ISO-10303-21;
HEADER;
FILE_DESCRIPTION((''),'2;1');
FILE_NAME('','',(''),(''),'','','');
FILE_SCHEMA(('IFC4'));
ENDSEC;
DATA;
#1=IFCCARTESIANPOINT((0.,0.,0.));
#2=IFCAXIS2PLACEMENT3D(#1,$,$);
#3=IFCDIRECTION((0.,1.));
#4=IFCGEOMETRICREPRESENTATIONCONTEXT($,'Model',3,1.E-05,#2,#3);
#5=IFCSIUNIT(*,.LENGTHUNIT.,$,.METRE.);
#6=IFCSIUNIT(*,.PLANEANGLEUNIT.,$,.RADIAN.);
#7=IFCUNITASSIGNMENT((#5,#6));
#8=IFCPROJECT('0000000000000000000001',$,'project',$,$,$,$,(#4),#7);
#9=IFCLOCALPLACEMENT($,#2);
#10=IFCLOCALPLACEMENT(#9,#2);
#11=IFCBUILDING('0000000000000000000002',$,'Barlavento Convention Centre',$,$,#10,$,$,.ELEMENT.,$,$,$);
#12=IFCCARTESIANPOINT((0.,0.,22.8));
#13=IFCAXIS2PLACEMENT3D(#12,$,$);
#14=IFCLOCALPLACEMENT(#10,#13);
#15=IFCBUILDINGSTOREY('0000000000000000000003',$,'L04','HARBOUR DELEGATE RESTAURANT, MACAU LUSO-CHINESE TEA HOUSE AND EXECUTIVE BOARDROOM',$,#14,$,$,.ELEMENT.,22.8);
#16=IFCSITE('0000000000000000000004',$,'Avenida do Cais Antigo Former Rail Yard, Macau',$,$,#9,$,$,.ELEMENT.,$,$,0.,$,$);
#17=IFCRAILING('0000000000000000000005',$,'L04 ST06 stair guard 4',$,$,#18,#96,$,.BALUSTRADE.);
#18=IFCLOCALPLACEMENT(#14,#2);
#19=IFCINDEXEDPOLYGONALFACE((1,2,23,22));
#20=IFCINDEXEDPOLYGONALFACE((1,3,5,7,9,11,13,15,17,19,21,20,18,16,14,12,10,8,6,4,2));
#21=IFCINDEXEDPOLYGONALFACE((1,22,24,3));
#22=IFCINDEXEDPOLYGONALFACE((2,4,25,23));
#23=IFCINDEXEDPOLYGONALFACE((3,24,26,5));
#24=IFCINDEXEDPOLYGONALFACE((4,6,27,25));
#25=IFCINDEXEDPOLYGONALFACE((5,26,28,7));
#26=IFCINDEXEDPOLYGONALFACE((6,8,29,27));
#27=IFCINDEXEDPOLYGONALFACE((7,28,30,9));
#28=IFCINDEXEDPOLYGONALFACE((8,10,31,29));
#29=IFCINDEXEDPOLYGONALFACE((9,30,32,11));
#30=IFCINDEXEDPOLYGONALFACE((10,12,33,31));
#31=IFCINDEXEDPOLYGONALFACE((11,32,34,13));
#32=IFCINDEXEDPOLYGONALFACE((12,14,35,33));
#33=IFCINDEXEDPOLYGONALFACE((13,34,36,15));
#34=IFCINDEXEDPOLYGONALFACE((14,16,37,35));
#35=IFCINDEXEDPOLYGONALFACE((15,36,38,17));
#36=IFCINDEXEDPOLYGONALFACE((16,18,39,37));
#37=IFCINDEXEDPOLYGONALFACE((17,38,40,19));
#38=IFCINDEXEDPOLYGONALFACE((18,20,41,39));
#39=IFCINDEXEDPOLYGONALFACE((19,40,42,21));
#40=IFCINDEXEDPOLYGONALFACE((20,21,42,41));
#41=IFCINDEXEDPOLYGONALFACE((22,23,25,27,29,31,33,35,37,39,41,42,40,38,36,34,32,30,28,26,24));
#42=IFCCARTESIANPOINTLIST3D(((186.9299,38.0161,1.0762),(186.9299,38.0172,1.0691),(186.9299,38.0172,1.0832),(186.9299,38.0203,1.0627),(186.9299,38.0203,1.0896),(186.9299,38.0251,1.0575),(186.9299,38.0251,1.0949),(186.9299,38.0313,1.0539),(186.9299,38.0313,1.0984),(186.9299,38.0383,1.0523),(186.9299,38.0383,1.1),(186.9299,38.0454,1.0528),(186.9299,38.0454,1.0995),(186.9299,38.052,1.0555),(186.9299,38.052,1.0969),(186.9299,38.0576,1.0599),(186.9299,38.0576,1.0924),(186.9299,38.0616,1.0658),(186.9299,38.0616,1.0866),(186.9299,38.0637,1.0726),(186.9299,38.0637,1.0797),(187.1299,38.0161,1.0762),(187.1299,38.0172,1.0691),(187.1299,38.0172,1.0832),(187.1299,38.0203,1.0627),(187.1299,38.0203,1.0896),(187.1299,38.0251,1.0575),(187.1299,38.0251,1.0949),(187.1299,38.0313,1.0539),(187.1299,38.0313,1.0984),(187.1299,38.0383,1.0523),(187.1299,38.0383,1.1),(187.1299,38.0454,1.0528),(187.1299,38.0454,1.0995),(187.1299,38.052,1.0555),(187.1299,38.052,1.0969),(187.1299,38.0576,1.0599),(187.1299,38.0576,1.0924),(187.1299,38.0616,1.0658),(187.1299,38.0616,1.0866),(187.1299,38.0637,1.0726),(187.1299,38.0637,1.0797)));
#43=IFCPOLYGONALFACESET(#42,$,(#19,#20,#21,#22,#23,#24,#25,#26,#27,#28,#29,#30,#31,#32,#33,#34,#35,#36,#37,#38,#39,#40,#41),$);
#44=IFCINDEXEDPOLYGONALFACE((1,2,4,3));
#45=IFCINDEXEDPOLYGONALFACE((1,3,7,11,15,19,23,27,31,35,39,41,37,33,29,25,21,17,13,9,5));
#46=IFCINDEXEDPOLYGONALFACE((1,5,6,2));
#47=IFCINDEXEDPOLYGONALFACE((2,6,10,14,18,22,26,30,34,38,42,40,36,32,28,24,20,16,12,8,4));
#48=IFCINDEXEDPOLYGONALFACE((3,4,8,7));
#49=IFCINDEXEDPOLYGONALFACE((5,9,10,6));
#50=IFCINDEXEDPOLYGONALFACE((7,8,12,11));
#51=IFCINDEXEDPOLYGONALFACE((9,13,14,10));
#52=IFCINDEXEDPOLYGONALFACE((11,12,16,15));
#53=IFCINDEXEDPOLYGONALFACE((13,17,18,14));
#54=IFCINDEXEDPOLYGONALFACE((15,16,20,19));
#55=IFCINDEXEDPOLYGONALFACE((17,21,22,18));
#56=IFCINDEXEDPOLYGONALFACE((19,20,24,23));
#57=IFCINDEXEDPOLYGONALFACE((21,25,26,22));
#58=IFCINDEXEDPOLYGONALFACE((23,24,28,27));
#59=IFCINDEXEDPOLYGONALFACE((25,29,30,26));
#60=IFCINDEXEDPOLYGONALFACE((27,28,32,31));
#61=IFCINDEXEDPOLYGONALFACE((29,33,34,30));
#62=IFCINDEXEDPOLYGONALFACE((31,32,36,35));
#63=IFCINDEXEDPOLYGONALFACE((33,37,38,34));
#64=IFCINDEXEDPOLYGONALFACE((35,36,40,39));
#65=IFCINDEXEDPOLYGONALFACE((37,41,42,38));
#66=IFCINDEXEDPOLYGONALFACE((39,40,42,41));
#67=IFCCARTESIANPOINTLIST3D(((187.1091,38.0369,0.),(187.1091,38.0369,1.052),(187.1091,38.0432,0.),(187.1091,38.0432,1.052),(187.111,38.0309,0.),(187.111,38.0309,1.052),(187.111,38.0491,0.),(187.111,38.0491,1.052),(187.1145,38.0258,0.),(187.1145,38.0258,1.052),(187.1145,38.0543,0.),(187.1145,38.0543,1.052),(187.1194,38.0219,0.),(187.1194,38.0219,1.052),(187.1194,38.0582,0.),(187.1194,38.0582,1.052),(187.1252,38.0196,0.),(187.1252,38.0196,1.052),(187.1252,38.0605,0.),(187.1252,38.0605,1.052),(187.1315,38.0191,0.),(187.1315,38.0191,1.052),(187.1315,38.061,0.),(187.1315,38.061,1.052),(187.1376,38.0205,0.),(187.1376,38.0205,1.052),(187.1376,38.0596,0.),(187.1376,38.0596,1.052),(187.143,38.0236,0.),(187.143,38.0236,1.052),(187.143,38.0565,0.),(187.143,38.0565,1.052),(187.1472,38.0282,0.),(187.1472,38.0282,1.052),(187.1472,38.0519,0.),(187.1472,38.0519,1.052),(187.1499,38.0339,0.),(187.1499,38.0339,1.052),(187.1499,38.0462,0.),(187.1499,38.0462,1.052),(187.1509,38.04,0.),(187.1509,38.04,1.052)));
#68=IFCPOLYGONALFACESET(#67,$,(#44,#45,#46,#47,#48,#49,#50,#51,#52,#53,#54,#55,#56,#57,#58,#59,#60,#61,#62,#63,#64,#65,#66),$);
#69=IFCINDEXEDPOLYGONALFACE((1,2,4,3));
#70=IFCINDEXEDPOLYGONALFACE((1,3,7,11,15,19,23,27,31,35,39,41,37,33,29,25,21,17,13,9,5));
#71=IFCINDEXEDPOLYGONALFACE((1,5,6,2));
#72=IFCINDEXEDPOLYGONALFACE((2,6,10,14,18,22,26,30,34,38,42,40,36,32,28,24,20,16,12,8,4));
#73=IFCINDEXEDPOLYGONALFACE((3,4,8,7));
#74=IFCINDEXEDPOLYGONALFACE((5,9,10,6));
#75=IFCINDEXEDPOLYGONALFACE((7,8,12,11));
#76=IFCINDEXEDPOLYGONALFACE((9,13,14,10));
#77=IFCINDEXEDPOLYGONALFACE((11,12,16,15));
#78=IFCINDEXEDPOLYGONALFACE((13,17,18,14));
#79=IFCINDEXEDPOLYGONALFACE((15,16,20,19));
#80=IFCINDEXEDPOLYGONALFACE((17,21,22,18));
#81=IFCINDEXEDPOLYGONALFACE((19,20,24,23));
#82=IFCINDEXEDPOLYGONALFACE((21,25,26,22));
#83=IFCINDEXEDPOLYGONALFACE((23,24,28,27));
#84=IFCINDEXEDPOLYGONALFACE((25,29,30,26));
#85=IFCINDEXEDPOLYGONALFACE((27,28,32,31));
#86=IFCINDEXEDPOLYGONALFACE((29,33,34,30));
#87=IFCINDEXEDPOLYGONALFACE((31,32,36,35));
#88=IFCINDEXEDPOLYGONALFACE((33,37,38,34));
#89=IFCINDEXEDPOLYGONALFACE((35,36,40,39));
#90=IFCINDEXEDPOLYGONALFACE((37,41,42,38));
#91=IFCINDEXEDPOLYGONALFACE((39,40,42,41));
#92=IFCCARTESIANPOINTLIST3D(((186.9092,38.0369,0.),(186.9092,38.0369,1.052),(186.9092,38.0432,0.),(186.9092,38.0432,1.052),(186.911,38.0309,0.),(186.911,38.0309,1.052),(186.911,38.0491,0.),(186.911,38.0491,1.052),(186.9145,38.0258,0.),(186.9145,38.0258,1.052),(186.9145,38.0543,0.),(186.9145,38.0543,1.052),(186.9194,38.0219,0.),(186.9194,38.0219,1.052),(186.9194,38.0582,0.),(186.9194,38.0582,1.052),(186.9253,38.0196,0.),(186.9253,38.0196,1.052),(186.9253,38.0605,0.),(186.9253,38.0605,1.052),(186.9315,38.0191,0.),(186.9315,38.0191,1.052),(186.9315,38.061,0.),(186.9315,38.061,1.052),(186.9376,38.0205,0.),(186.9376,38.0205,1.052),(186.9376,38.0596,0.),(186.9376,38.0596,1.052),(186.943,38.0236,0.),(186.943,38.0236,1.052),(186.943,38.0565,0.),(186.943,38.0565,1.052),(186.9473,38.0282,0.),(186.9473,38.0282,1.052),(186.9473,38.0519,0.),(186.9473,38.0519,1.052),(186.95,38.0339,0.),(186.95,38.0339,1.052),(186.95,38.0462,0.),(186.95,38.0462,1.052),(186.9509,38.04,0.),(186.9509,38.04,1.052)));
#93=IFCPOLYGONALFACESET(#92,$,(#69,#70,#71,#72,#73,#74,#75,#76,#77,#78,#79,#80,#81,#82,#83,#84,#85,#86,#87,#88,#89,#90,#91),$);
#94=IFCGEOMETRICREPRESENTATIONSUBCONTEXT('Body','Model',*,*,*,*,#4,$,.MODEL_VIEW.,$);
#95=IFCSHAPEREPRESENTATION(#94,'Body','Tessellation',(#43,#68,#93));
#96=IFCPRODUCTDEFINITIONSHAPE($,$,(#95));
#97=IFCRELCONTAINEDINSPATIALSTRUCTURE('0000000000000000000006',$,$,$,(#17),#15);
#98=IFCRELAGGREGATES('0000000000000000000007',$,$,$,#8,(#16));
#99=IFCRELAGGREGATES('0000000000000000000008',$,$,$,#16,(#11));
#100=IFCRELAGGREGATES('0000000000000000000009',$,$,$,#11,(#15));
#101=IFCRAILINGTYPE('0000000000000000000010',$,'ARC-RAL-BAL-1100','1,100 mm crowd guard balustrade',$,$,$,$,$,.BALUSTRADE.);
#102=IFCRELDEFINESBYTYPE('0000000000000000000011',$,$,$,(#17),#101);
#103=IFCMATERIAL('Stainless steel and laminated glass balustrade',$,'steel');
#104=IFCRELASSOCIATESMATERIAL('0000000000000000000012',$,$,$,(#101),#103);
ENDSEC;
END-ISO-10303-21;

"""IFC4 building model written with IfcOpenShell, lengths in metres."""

from ifc_helpers import new_model, si_unit, direction, frame, origin, origin_2d, place, context, subcontext, project, spatial, circle, extrude, material, type_object, element, save


model = new_model("IFC4")

# Units and contexts
model_context = context("Model", 3, precision=1e-05, world=origin(), true_north=direction((0.0, 1.0)))
body_context = subcontext(model_context, "Body", "Model", "MODEL_VIEW")
ifc_project = project(units=[si_unit("LENGTHUNIT", "METRE"), si_unit("PLANEANGLEUNIT", "RADIAN")], contexts=[model_context])

# Site, building, storey
site_placement = place(None, origin())
site = spatial("IfcSite", under=ifc_project, at=site_placement, Name="Avenida do Cais Antigo Former Rail Yard, Macau", CompositionType="ELEMENT", RefElevation=0.0)
building_placement = place(site_placement, origin())
building = spatial("IfcBuilding", under=site, at=building_placement, Name="Barlavento Convention Centre", CompositionType="ELEMENT")
storey_placement = place(building_placement, frame((0.0, 0.0, 22.8)))
storey = spatial("IfcBuildingStorey", under=building, at=storey_placement, Name="L04", Description="HARBOUR DELEGATE RESTAURANT, MACAU LUSO-CHINESE TEA HOUSE AND EXECUTIVE BOARDROOM", CompositionType="ELEMENT", Elevation=22.8)

# Railing
ifc_material_1 = material(Name="Stainless steel and laminated glass balustrade", Category="steel")
railing_type = type_object("IfcRailingType", Name="ARC-RAL-BAL-1100", Description="1,100 mm crowd guard balustrade", PredefinedType="BALUSTRADE", material=ifc_material_1)
railing_1_placement = place(storey_placement, frame((187.1299, 38.04, 0.0)))
element("IfcRailing", 1, at=railing_1_placement, inside=storey, type_object=railing_type, Name="L04 ST06 stair guard 4", PredefinedType="BALUSTRADE", context=body_context, shape_type="SweptSolid", body=[
    extrude(circle(Radius=0.0239, at=origin_2d()), frame((0.0, 0.0, 1.0762), z_axis=(-1.0, 0.0, 0.0), x_axis=(0.0, -1.0, 0.0)), (0.0, 0.0, 1.0), 0.2),
    extrude(circle(Radius=0.021, at=origin_2d()), origin(), (0.0, 0.0, 1.0), 1.052),
    extrude(circle(Radius=0.021, at=origin_2d()), frame((-0.2, 0.0, 0.0)), (0.0, 0.0, 1.0), 1.052),
])

save(model, "model.ifc")
